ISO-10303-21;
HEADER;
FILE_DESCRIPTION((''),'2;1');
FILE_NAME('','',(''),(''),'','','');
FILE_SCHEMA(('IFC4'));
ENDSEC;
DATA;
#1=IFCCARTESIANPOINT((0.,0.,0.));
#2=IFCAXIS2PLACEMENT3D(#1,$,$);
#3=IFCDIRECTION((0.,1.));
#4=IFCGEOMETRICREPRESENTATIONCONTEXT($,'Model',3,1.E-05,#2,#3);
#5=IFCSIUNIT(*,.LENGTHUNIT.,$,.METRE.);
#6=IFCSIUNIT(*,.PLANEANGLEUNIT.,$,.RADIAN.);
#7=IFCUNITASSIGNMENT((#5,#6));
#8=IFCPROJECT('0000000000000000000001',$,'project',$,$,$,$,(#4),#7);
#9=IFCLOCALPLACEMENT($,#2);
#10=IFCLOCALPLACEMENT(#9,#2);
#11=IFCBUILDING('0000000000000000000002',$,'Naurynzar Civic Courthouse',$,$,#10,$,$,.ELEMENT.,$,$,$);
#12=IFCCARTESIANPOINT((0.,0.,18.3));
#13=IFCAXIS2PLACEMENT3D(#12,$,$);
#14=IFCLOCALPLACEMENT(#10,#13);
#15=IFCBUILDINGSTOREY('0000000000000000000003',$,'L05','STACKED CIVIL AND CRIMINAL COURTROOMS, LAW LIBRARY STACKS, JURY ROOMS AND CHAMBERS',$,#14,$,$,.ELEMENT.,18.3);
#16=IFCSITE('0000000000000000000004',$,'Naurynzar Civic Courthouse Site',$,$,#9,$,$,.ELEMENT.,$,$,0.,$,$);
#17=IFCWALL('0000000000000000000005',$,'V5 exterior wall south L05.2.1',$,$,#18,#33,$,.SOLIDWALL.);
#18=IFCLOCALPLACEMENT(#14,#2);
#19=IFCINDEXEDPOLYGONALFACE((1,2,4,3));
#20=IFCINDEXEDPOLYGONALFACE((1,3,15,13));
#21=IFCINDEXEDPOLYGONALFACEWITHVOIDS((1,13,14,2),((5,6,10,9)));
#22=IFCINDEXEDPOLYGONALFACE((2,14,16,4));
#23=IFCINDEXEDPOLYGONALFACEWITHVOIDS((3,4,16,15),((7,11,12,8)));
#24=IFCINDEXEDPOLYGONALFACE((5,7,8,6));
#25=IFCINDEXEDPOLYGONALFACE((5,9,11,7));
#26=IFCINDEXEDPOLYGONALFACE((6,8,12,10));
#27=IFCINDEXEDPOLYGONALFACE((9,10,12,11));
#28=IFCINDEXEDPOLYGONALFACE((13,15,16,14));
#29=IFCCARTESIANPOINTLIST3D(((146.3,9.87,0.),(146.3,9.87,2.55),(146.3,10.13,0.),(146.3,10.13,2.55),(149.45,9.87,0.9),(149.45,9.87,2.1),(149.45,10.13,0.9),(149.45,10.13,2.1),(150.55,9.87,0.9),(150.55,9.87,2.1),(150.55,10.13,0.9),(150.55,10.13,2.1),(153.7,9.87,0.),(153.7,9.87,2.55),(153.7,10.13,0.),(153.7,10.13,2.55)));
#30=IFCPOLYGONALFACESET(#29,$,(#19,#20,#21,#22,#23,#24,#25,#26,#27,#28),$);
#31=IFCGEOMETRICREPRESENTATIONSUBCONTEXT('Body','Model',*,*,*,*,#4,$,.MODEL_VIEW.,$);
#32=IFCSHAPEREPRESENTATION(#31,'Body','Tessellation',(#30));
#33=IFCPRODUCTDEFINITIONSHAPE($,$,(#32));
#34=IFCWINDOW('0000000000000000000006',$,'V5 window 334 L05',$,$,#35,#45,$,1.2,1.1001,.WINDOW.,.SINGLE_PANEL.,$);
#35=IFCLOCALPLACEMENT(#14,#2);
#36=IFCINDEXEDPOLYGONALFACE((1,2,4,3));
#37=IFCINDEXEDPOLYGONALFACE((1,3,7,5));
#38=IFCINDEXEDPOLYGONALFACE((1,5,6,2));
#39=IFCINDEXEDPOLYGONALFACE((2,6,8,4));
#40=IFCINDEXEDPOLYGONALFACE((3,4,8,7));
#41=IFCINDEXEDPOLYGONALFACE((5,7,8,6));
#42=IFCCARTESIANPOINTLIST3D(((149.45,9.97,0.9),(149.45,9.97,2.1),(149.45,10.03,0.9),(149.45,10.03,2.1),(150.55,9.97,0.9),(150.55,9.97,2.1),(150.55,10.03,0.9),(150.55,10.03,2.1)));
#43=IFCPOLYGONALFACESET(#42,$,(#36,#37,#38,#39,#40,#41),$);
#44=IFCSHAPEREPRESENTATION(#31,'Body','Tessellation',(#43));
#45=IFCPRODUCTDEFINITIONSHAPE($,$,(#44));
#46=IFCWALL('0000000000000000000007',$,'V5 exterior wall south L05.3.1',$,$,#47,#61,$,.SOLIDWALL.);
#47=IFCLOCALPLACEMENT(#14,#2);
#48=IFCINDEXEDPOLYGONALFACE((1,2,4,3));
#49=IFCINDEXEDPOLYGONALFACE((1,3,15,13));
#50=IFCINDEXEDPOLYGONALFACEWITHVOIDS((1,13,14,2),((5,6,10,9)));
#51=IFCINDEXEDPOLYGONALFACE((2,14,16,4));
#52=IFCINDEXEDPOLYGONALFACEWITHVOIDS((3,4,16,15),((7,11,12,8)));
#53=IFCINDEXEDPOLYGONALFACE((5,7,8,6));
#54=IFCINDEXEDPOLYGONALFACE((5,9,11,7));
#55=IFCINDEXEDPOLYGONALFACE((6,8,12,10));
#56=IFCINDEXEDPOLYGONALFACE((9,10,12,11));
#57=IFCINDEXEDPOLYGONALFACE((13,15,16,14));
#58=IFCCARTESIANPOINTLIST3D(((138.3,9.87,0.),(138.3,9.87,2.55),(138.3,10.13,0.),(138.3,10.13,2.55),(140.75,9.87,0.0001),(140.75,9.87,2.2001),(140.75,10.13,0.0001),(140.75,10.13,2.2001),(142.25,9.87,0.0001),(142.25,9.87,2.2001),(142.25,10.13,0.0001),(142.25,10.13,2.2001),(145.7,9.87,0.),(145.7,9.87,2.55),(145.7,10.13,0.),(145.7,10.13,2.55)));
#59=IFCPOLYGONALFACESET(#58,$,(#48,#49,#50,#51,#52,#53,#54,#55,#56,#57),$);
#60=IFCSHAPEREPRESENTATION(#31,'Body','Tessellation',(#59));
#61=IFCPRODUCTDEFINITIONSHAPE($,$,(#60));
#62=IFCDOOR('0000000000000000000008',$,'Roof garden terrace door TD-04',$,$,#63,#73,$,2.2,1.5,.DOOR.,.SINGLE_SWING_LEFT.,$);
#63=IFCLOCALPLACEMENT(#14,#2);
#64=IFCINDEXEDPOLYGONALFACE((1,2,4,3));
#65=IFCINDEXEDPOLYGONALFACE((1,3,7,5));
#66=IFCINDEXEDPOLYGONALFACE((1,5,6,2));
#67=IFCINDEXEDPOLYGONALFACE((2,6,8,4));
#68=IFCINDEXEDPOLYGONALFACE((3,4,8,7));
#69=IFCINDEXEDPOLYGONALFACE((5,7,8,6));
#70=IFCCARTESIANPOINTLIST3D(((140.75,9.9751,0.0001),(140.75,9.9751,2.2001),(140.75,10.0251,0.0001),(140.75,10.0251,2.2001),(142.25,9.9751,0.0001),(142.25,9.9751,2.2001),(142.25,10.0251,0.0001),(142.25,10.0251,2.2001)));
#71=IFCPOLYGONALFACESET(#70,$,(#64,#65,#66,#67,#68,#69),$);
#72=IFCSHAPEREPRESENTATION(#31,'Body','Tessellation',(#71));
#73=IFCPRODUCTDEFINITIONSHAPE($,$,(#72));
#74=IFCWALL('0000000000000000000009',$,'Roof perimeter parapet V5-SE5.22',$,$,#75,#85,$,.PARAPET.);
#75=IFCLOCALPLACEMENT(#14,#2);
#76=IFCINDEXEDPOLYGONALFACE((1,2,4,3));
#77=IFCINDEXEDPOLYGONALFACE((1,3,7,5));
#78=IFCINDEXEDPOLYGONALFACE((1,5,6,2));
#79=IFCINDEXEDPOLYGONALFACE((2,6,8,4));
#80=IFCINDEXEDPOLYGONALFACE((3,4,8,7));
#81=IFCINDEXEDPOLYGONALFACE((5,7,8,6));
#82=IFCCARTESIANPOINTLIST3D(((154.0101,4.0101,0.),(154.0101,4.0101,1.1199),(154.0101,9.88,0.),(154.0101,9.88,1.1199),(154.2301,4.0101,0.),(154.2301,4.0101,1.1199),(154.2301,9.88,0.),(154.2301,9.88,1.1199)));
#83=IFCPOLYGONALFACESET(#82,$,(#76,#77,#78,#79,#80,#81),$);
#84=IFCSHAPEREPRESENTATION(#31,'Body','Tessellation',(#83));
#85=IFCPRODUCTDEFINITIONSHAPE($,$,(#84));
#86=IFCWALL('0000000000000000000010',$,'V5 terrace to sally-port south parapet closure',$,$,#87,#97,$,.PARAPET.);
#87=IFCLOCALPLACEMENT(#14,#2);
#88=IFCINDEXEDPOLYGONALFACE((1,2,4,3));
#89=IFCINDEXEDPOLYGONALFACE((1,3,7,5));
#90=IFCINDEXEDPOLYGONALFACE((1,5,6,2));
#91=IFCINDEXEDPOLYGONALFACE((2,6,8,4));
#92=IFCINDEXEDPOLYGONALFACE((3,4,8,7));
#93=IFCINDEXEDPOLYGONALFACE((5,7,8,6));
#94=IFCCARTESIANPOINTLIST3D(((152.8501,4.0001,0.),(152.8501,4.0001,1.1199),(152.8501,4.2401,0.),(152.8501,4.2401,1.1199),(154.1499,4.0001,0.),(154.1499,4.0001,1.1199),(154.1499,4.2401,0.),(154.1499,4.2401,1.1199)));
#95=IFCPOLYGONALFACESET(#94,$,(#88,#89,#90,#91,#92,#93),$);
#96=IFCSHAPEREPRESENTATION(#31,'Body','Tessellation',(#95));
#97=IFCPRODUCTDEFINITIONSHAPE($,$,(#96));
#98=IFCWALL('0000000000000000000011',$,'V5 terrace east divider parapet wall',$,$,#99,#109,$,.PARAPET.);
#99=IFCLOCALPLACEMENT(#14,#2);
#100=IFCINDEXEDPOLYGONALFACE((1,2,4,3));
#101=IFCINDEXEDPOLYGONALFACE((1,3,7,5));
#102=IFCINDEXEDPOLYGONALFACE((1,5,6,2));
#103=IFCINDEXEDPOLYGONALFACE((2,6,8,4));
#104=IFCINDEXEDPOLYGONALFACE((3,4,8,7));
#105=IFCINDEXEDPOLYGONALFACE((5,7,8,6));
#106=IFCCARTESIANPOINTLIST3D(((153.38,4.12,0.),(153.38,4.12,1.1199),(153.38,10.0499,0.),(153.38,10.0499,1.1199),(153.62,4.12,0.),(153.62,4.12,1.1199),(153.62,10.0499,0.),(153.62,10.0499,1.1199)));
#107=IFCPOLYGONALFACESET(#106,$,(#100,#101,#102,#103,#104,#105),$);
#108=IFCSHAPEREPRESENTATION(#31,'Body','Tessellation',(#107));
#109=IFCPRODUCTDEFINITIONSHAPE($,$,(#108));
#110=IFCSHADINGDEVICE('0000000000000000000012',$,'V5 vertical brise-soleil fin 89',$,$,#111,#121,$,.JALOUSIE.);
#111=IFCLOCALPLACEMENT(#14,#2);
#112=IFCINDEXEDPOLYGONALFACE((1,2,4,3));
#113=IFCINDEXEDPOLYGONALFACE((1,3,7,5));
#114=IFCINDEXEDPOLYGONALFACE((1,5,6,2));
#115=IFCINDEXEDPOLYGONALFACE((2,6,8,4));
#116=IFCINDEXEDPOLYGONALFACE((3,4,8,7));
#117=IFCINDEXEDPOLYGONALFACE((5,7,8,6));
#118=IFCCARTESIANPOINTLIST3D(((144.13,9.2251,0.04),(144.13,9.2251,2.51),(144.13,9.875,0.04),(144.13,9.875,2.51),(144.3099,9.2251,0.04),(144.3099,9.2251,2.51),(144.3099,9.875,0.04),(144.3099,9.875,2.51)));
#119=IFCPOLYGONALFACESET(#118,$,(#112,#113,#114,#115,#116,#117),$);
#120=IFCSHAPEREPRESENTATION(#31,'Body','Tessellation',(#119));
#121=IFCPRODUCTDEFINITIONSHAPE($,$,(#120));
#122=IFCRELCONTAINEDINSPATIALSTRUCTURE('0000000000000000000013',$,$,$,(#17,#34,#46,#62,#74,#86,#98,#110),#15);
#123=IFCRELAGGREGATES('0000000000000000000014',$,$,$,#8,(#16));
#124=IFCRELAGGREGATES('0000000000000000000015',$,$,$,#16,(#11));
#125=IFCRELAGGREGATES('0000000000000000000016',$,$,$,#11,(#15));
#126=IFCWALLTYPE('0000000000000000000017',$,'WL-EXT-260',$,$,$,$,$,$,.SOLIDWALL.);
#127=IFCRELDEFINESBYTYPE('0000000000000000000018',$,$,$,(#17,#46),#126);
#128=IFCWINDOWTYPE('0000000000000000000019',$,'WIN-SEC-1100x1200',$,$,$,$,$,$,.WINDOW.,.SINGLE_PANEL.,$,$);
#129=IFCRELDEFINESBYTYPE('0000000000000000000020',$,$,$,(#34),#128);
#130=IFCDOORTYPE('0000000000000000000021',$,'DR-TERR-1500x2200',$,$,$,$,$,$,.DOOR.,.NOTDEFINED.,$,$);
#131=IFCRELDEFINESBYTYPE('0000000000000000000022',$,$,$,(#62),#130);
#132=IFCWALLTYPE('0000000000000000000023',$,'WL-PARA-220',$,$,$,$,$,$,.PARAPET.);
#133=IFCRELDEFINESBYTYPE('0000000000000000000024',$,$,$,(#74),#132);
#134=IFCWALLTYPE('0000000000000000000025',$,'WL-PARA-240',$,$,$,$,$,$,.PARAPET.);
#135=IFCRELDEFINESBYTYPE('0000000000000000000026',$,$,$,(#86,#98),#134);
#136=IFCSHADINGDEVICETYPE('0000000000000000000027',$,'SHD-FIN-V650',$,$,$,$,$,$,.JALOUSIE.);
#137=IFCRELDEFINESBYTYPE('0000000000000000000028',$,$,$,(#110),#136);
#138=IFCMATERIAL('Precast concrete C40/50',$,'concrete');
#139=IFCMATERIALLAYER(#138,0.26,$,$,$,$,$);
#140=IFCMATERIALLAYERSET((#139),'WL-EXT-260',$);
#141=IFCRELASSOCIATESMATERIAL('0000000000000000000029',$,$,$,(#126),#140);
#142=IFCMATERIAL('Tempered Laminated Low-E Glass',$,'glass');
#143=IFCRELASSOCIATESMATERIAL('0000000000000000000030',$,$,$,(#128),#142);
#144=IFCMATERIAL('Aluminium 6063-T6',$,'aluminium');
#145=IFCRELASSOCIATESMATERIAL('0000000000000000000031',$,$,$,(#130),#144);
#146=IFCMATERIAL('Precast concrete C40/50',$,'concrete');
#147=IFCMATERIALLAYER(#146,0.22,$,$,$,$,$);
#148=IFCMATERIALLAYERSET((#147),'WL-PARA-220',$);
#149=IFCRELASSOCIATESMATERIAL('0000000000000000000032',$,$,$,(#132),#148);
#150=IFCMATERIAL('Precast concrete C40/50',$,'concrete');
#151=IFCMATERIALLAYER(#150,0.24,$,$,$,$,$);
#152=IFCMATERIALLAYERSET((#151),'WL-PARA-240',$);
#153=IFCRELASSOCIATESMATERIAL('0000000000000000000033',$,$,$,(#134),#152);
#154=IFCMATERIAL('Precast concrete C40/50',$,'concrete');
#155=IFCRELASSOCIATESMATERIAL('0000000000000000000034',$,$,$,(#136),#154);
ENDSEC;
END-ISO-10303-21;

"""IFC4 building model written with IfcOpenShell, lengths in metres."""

from ifc_helpers import new_model, si_unit, direction, frame, frame_2d, origin, origin_2d, place, context, subcontext, project, spatial, rectangle, extrude, material, layer, layer_set, type_object, element, fill, save


model = new_model("IFC4")

# Units and contexts
model_context = context("Model", 3, precision=1e-05, world=origin(), true_north=direction((0.0, 1.0)))
body_context = subcontext(model_context, "Body", "Model", "MODEL_VIEW")
ifc_project = project(units=[si_unit("LENGTHUNIT", "METRE"), si_unit("PLANEANGLEUNIT", "RADIAN")], contexts=[model_context])

# Site, building, storey
site_placement = place(None, origin())
site = spatial("IfcSite", under=ifc_project, at=site_placement, Name="Naurynzar Civic Courthouse Site", CompositionType="ELEMENT", RefElevation=0.0)
building_placement = place(site_placement, origin())
building = spatial("IfcBuilding", under=site, at=building_placement, Name="Naurynzar Civic Courthouse", CompositionType="ELEMENT")
storey_placement = place(building_placement, frame((0.0, 0.0, 18.3)))
storey = spatial("IfcBuildingStorey", under=building, at=storey_placement, Name="L05", Description="STACKED CIVIL AND CRIMINAL COURTROOMS, LAW LIBRARY STACKS, JURY ROOMS AND CHAMBERS", CompositionType="ELEMENT", Elevation=18.3)

# Wall, opening, window
ifc_material_1 = material(Name="Precast concrete C40/50", Category="concrete")
ifc_layer_1 = layer(ifc_material_1, 0.26)
ifc_layer_set_1 = layer_set([ifc_layer_1], Name="WL-EXT-260")
wall_type_1 = type_object("IfcWallType", Name="WL-EXT-260", PredefinedType="SOLIDWALL", material=ifc_layer_set_1)
wall_1_placement = place(storey_placement, frame((153.7, 10.0, 0.0), z_axis=(0.0, 0.0, 1.0), x_axis=(-1.0, 0.0, 0.0)))
wall_1 = element("IfcWall", 1, at=wall_1_placement, inside=storey, type_object=wall_type_1, Name="V5 exterior wall south L05.2.1", PredefinedType="SOLIDWALL", context=body_context, shape_type="SweptSolid", body=[
    extrude(rectangle(XDim=7.3999, YDim=0.26, at=frame_2d((3.7, 0.0))), origin(), (0.0, 0.0, 1.0), 2.55),
])
opening_1_placement = place(wall_1_placement, frame((3.1499, 0.0, 0.8999)))
opening_1 = element("IfcOpeningElement", 2, at=opening_1_placement, cuts=wall_1, PredefinedType="OPENING", context=body_context, shape_type="SweptSolid", body=[
    extrude(rectangle(XDim=1.1001, YDim=1.2, at=frame_2d((0.55, 0.6001))), frame((0.0, 0.1399, 0.0), z_axis=(0.0, -1.0, 0.0), x_axis=(1.0, 0.0, 0.0)), (0.0, 0.0, 1.0), 0.28),
])
ifc_material_2 = material(Name="Tempered Laminated Low-E Glass", Category="glass")
window_type = type_object("IfcWindowType", Name="WIN-SEC-1100x1200", PartitioningType="SINGLE_PANEL", PredefinedType="WINDOW", material=ifc_material_2)
window_placement = place(opening_1_placement, origin())
window = element("IfcWindow", 3, at=window_placement, inside=storey, type_object=window_type, Name="V5 window 334 L05", OverallHeight=1.2, OverallWidth=1.1001, PartitioningType="SINGLE_PANEL", PredefinedType="WINDOW", context=body_context, shape_type="SweptSolid", body=[
    extrude(rectangle(XDim=1.1001, YDim=1.2, at=frame_2d((0.55, 0.6001))), frame((0.0, 0.03, 0.0), z_axis=(0.0, -1.0, 0.0), x_axis=(1.0, 0.0, 0.0)), (0.0, 0.0, 1.0), 0.0601),
])
fill(opening_1, window)

# Wall, opening, door
wall_2_placement = place(storey_placement, frame((145.7, 10.0, 0.0), z_axis=(0.0, 0.0, 1.0), x_axis=(-1.0, 0.0, 0.0)))
wall_2 = element("IfcWall", 4, at=wall_2_placement, inside=storey, type_object=wall_type_1, Name="V5 exterior wall south L05.3.1", PredefinedType="SOLIDWALL", context=body_context, shape_type="SweptSolid", body=[
    extrude(rectangle(XDim=7.3999, YDim=0.26, at=frame_2d((3.7, 0.0))), origin(), (0.0, 0.0, 1.0), 2.55),
])
opening_2_placement = place(wall_2_placement, frame((3.45, 0.0, 0.0)))
opening_2 = element("IfcOpeningElement", 5, at=opening_2_placement, cuts=wall_2, PredefinedType="OPENING", context=body_context, shape_type="SweptSolid", body=[
    extrude(rectangle(XDim=1.5, YDim=2.2, at=frame_2d((0.75, 1.1001))), frame((0.0, 0.1399, 0.0), z_axis=(0.0, -1.0, 0.0), x_axis=(1.0, 0.0, 0.0)), (0.0, 0.0, 1.0), 0.28),
])
ifc_material_3 = material(Name="Aluminium 6063-T6", Category="aluminium")
door_type = type_object("IfcDoorType", Name="DR-TERR-1500x2200", OperationType="NOTDEFINED", PredefinedType="DOOR", material=ifc_material_3)
door_placement = place(opening_2_placement, origin())
door = element("IfcDoor", 6, at=door_placement, inside=storey, type_object=door_type, Name="Roof garden terrace door TD-04", OperationType="SINGLE_SWING_LEFT", OverallHeight=2.2, OverallWidth=1.5, PredefinedType="DOOR", context=body_context, shape_type="SweptSolid", body=[
    extrude(rectangle(XDim=1.5, YDim=2.2, at=frame_2d((0.75, 1.1001))), frame((0.0, 0.0249, 0.0), z_axis=(0.0, -1.0, 0.0), x_axis=(1.0, 0.0, 0.0)), (0.0, 0.0, 1.0), 0.05),
])
fill(opening_2, door)

# Walls
ifc_material_4 = material(Name="Precast concrete C40/50", Category="concrete")
ifc_layer_2 = layer(ifc_material_4, 0.22)
ifc_layer_set_2 = layer_set([ifc_layer_2], Name="WL-PARA-220")
wall_type_2 = type_object("IfcWallType", Name="WL-PARA-220", PredefinedType="PARAPET", material=ifc_layer_set_2)
wall_3_placement = place(storey_placement, frame((154.1201, 4.01, 0.0), z_axis=(0.0, 0.0, 1.0), x_axis=(0.0, 1.0, 0.0)))
element("IfcWall", 7, at=wall_3_placement, inside=storey, type_object=wall_type_2, Name="Roof perimeter parapet V5-SE5.22", PredefinedType="PARAPET", context=body_context, shape_type="SweptSolid", body=[
    extrude(rectangle(XDim=5.8699, YDim=0.22, at=frame_2d((2.9351, 0.0))), origin(), (0.0, 0.0, 1.0), 1.1199),
])
ifc_material_5 = material(Name="Precast concrete C40/50", Category="concrete")
ifc_layer_3 = layer(ifc_material_5, 0.24)
ifc_layer_set_3 = layer_set([ifc_layer_3], Name="WL-PARA-240")
wall_type_3 = type_object("IfcWallType", Name="WL-PARA-240", PredefinedType="PARAPET", material=ifc_layer_set_3)
wall_4_placement = place(storey_placement, frame((152.8501, 4.1201, 0.0), z_axis=(0.0, 0.0, 1.0), x_axis=(1.0, 0.0, 0.0)))
element("IfcWall", 8, at=wall_4_placement, inside=storey, type_object=wall_type_3, Name="V5 terrace to sally-port south parapet closure", PredefinedType="PARAPET", context=body_context, shape_type="SweptSolid", body=[
    extrude(rectangle(XDim=1.2998, YDim=0.24, at=frame_2d((0.6499, 0.0))), origin(), (0.0, 0.0, 1.0), 1.1199),
])
wall_5_placement = place(storey_placement, frame((153.5, 4.1201, 0.0), z_axis=(0.0, 0.0, 1.0), x_axis=(0.0, 1.0, 0.0)))
element("IfcWall", 9, at=wall_5_placement, inside=storey, type_object=wall_type_3, Name="V5 terrace east divider parapet wall", PredefinedType="PARAPET", context=body_context, shape_type="SweptSolid", body=[
    extrude(rectangle(XDim=5.9299, YDim=0.24, at=frame_2d((2.9648, 0.0))), origin(), (0.0, 0.0, 1.0), 1.1199),
])

# Shading device
ifc_material_6 = material(Name="Precast concrete C40/50", Category="concrete")
shading_device_type = type_object("IfcShadingDeviceType", Name="SHD-FIN-V650", PredefinedType="JALOUSIE", material=ifc_material_6)
shading_device_placement = place(storey_placement, frame((144.22, 9.55, 0.04), z_axis=(0.0, 0.0, 1.0), x_axis=(-1.0, 0.0, 0.0)))
element("IfcShadingDevice", 10, at=shading_device_placement, inside=storey, type_object=shading_device_type, Name="V5 vertical brise-soleil fin 89", PredefinedType="JALOUSIE", context=body_context, shape_type="SweptSolid", body=[
    extrude(rectangle(XDim=0.1799, YDim=0.6499, at=origin_2d()), origin(), (0.0, 0.0, 1.0), 2.47),
])

save(model, "model.ifc")
